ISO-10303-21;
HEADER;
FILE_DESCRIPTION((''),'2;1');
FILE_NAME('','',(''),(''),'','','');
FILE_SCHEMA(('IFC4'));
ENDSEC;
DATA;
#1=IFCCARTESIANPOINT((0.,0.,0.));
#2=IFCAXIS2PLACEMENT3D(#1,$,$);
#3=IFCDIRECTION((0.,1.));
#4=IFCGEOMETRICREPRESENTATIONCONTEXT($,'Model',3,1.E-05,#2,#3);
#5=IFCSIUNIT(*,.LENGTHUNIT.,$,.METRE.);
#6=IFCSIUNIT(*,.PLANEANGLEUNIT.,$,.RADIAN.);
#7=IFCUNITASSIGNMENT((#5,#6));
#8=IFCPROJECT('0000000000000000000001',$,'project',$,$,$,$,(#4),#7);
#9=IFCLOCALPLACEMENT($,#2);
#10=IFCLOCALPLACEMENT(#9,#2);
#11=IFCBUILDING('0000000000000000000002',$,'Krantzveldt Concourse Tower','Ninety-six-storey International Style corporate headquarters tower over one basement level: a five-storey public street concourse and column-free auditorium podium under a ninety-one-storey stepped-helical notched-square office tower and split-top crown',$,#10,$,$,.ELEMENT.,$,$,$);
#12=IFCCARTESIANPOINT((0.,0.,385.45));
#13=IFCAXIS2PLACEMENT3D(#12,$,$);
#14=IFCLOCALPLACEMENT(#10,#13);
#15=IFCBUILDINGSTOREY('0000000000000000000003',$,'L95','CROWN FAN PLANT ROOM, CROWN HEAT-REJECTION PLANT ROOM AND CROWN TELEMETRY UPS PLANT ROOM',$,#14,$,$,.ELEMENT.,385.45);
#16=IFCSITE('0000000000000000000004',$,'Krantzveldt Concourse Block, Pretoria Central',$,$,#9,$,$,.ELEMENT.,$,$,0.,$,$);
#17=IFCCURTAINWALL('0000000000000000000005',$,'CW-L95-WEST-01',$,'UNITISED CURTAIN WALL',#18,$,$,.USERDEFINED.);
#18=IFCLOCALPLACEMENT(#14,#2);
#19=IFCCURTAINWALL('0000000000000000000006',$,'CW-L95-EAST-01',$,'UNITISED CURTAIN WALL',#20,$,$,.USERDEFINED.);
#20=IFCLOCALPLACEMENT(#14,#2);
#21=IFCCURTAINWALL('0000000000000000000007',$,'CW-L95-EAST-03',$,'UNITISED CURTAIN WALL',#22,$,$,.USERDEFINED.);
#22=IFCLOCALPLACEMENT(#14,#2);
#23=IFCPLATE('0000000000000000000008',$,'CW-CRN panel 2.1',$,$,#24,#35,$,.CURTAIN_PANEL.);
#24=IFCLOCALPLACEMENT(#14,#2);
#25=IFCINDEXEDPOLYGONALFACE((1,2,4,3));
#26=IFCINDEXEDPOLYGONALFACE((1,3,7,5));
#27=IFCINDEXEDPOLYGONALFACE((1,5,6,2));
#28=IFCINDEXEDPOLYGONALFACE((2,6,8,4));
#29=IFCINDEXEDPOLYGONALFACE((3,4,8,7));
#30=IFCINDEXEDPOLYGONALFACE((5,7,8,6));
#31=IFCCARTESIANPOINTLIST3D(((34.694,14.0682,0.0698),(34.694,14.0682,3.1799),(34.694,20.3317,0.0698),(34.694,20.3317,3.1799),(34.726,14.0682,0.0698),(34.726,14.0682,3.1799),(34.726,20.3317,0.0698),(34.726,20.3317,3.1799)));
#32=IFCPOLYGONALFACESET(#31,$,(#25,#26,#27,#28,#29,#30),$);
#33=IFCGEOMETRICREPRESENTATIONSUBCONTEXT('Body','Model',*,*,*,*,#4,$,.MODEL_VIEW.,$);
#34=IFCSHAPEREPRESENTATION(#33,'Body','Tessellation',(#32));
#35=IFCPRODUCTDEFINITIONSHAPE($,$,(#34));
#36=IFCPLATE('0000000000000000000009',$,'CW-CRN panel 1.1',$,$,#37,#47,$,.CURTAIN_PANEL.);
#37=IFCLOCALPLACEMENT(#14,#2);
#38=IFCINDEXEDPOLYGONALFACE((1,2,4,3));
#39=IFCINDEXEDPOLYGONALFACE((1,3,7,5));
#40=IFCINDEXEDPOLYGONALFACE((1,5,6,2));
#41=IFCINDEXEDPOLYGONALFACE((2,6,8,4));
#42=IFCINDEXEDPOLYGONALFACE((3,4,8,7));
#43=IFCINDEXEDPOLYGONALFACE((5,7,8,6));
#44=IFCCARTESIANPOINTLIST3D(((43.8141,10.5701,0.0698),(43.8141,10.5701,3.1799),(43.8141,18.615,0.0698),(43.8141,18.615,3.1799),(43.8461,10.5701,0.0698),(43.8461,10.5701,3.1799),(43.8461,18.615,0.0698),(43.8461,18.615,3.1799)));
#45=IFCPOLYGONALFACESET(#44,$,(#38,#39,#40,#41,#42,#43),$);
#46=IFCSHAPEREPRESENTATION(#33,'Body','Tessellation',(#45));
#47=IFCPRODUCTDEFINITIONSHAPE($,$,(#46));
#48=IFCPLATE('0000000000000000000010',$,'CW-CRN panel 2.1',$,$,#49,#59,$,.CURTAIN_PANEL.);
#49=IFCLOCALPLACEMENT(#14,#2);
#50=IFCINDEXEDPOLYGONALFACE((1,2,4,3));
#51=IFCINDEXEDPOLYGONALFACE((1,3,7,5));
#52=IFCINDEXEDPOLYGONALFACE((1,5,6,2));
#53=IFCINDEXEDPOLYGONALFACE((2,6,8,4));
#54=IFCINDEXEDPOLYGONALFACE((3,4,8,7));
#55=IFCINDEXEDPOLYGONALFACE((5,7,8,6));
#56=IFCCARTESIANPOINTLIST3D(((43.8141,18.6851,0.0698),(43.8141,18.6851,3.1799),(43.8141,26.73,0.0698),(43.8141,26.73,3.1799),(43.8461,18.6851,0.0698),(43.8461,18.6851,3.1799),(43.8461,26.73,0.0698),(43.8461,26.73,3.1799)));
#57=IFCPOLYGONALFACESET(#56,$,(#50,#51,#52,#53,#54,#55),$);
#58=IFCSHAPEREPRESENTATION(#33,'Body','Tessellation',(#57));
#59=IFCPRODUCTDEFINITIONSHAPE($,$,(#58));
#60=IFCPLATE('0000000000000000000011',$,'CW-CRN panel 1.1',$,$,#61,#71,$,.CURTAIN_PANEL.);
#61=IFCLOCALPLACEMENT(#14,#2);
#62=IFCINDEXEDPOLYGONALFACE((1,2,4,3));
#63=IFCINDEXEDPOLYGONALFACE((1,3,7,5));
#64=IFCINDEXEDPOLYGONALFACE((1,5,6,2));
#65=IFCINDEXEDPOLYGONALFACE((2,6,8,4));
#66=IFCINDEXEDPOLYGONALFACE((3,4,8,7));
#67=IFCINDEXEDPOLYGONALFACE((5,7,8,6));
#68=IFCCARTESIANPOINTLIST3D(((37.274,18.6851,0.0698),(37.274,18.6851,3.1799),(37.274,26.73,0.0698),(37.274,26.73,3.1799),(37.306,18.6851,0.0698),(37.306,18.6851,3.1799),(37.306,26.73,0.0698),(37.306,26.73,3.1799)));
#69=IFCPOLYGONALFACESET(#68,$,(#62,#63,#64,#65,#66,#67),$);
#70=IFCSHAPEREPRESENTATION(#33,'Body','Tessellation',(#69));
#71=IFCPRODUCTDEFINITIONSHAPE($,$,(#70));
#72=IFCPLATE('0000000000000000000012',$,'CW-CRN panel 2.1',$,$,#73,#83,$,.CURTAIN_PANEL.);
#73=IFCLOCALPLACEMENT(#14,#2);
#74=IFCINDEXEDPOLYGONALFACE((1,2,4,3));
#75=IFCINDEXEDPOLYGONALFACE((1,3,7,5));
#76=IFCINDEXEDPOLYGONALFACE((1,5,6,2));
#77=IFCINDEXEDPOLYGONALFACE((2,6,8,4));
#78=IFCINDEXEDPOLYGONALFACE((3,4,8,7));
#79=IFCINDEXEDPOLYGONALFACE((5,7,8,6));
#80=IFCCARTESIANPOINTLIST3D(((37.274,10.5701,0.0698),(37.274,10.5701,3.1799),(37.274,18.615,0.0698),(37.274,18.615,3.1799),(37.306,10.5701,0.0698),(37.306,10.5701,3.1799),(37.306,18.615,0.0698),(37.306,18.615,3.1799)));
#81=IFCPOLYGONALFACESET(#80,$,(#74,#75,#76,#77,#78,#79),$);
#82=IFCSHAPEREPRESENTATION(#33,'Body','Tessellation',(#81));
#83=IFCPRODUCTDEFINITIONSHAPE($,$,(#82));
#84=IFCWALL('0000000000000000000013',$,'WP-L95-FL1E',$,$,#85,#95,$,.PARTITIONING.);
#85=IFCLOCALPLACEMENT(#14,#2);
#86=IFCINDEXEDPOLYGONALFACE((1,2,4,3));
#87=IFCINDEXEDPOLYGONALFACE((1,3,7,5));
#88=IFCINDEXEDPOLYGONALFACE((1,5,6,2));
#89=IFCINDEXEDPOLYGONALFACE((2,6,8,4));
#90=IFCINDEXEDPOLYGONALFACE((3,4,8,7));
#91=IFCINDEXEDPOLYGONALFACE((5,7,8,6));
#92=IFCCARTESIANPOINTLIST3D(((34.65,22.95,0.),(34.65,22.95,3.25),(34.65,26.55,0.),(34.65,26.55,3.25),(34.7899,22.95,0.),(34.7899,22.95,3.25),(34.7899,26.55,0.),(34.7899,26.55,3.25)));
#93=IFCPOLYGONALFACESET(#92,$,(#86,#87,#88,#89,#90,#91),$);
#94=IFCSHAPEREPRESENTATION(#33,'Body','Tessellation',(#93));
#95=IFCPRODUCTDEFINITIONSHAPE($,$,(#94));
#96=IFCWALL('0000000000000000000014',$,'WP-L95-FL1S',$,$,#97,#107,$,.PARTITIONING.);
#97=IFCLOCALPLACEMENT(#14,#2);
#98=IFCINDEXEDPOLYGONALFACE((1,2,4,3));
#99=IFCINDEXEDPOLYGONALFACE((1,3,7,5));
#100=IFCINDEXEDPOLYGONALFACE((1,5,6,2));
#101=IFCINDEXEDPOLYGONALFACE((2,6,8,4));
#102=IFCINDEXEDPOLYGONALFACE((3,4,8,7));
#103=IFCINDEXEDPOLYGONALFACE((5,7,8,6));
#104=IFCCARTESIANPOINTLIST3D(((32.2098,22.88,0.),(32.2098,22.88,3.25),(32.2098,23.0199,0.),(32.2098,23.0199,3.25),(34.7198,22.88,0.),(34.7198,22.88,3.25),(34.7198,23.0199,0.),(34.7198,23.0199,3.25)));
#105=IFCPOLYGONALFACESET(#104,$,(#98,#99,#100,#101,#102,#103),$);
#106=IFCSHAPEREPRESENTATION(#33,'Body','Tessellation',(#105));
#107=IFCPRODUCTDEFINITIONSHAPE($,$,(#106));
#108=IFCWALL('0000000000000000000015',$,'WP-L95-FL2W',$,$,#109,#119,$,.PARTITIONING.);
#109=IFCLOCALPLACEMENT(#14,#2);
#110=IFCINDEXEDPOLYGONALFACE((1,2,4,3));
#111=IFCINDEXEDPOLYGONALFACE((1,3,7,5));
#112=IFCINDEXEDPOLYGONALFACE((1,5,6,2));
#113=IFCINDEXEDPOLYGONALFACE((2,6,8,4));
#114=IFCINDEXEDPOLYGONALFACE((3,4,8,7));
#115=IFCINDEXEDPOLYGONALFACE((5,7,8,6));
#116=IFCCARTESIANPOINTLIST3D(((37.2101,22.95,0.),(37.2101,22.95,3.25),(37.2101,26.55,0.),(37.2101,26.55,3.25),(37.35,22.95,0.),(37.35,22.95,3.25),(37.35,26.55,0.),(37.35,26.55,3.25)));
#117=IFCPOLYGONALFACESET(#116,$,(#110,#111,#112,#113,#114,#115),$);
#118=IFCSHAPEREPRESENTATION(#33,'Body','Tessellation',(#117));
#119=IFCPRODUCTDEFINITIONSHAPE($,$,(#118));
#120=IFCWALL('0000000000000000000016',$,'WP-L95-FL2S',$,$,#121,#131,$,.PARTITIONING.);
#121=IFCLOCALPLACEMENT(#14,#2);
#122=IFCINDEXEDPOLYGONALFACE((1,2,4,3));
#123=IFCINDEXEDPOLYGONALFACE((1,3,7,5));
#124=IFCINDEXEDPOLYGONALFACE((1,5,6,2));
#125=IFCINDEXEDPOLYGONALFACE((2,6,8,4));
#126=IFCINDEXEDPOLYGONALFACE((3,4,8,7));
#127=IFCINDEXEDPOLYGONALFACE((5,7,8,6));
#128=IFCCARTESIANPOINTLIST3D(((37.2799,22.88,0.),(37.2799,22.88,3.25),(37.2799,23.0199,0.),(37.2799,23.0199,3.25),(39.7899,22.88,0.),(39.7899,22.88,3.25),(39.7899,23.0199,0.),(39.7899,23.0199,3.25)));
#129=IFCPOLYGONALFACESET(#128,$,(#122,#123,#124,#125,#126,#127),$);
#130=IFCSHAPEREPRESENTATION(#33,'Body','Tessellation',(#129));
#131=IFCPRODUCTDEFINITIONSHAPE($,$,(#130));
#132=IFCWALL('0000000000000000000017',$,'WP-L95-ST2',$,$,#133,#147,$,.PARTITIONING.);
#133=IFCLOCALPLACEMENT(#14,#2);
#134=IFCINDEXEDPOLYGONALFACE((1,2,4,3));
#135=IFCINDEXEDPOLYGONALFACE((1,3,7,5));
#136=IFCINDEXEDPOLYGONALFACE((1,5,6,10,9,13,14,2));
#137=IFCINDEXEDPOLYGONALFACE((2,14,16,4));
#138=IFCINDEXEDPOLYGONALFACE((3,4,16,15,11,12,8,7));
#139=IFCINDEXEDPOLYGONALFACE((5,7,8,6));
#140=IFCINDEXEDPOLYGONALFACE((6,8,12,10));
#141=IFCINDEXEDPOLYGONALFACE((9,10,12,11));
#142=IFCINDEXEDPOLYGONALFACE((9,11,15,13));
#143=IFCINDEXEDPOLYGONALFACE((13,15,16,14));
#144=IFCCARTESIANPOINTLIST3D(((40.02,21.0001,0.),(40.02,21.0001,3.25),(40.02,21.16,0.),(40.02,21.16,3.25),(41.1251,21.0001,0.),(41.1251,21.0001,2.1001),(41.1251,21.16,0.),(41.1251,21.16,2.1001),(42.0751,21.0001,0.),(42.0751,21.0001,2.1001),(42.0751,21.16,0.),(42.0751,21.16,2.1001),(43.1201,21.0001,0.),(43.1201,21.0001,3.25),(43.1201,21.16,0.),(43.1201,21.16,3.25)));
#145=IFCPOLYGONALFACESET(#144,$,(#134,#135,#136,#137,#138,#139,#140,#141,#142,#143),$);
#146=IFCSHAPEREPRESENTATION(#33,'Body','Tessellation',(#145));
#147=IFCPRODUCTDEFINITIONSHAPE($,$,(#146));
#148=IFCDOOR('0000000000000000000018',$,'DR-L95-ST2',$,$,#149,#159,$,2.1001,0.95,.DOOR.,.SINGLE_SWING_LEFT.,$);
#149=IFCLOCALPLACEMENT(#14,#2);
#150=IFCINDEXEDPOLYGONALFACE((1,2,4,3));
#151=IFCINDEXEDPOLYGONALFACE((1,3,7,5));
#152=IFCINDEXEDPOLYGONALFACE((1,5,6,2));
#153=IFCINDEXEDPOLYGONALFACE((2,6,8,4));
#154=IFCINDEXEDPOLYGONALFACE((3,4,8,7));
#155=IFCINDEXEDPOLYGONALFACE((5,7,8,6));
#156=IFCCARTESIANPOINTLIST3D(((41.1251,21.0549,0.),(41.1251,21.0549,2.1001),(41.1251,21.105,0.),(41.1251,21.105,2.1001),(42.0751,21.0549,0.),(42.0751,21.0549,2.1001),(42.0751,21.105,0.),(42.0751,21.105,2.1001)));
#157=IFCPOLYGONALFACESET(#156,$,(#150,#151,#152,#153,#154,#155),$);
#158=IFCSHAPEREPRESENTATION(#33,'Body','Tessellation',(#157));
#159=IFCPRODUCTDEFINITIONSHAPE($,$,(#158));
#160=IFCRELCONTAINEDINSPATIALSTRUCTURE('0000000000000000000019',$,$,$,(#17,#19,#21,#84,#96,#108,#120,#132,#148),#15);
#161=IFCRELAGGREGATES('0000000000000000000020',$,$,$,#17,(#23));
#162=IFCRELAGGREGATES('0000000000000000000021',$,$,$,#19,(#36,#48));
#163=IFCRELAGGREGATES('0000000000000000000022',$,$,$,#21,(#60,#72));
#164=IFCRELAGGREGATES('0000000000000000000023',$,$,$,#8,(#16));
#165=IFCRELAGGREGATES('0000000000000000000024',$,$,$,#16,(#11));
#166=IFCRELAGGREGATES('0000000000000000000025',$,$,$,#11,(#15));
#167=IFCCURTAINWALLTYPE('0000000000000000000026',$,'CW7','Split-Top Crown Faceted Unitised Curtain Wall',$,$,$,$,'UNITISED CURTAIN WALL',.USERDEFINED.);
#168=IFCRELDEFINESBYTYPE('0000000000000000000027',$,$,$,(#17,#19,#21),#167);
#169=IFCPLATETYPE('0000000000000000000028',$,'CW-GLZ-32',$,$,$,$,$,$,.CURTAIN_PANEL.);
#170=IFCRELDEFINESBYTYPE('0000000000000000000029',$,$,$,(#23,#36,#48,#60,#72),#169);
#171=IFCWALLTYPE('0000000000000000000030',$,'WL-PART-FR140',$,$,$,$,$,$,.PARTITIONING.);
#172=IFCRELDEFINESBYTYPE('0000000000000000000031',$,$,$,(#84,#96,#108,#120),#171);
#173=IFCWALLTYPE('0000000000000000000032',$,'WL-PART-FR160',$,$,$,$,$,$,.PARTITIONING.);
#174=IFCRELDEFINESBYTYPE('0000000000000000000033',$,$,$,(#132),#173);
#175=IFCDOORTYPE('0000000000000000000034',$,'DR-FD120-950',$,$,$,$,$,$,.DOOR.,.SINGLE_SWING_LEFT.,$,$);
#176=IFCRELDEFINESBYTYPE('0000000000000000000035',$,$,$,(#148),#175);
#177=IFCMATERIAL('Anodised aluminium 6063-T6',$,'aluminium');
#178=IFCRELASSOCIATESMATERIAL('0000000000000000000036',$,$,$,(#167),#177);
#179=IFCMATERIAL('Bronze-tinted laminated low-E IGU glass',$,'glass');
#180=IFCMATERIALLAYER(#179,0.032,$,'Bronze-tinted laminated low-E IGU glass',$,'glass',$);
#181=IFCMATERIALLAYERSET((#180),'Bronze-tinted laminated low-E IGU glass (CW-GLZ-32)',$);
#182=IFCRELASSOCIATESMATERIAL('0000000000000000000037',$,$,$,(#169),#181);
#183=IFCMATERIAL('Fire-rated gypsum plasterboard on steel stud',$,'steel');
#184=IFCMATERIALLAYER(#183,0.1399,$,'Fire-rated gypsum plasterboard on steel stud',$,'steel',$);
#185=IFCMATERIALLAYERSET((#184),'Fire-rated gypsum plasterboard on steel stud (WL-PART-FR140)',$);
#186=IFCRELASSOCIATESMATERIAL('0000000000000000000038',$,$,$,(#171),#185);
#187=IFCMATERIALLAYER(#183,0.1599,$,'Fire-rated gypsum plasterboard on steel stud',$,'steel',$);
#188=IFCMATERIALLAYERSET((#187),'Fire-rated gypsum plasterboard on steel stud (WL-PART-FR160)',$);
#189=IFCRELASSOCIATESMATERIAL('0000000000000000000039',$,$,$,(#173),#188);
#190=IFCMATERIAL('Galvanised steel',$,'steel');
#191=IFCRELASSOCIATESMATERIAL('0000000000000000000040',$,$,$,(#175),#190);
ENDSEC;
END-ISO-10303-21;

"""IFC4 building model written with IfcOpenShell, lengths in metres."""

from ifc_helpers import new_model, si_unit, direction, frame, frame_2d, origin, origin_2d, place, context, subcontext, project, spatial, rectangle, extrude, source, transform, mapped, material, layer, layer_set, type_object, type_shapes, element, fill, aggregate, save


model = new_model("IFC4")

# Units and contexts
model_context = context("Model", 3, precision=1e-05, world=origin(), true_north=direction((0.0, 1.0)))
body_context = subcontext(model_context, "Body", "Model", "MODEL_VIEW")
ifc_project = project(units=[si_unit("LENGTHUNIT", "METRE"), si_unit("PLANEANGLEUNIT", "RADIAN")], contexts=[model_context])

# Site, building, storey
site_placement = place(None, origin())
site = spatial("IfcSite", under=ifc_project, at=site_placement, Name="Krantzveldt Concourse Block, Pretoria Central", CompositionType="ELEMENT", RefElevation=0.0)
building_placement = place(site_placement, origin())
building = spatial("IfcBuilding", under=site, at=building_placement, Name="Krantzveldt Concourse Tower", Description="Ninety-six-storey International Style corporate headquarters tower over one basement level: a five-storey public street concourse and column-free auditorium podium under a ninety-one-storey stepped-helical notched-square office tower and split-top crown", CompositionType="ELEMENT")
storey_placement = place(building_placement, frame((0.0, 0.0, 385.45)))
storey = spatial("IfcBuildingStorey", under=building, at=storey_placement, Name="L95", Description="CROWN FAN PLANT ROOM, CROWN HEAT-REJECTION PLANT ROOM AND CROWN TELEMETRY UPS PLANT ROOM", CompositionType="ELEMENT", Elevation=385.45)

# Curtain walls
ifc_material_1 = material(Name="Anodised aluminium 6063-T6", Category="aluminium")
curtain_wall_type = type_object("IfcCurtainWallType", Name="CW7", Description="Split-Top Crown Faceted Unitised Curtain Wall", ElementType="UNITISED CURTAIN WALL", PredefinedType="USERDEFINED", material=ifc_material_1)
curtain_wall_1_placement = place(storey_placement, origin())
curtain_wall_1 = element("IfcCurtainWall", 1, at=curtain_wall_1_placement, inside=storey, type_object=curtain_wall_type, Name="CW-L95-WEST-01", ObjectType="UNITISED CURTAIN WALL", PredefinedType="USERDEFINED")
curtain_wall_2_placement = place(storey_placement, origin())
curtain_wall_2 = element("IfcCurtainWall", 2, at=curtain_wall_2_placement, inside=storey, type_object=curtain_wall_type, Name="CW-L95-EAST-01", ObjectType="UNITISED CURTAIN WALL", PredefinedType="USERDEFINED")
curtain_wall_3_placement = place(storey_placement, origin())
curtain_wall_3 = element("IfcCurtainWall", 3, at=curtain_wall_3_placement, inside=storey, type_object=curtain_wall_type, Name="CW-L95-EAST-03", ObjectType="UNITISED CURTAIN WALL", PredefinedType="USERDEFINED")

# Plates
ifc_material_2 = material(Name="Bronze-tinted laminated low-E IGU glass", Category="glass")
ifc_layer_1 = layer(ifc_material_2, 0.032, Name="Bronze-tinted laminated low-E IGU glass", Category="glass")
ifc_layer_set_1 = layer_set([ifc_layer_1], Name="Bronze-tinted laminated low-E IGU glass (CW-GLZ-32)")
plate_type = type_object("IfcPlateType", Name="CW-GLZ-32", PredefinedType="CURTAIN_PANEL", material=ifc_layer_set_1)
shared_shape_1 = source(origin(), body_context, "Body", "SweptSolid", [
    extrude(rectangle(XDim=6.2634, YDim=0.032, at=origin_2d()), origin(), (0.0, 0.0, 1.0), 3.1101),
])
plate_1_placement = place(storey_placement, frame((34.71, 17.2, 0.0698), z_axis=(0.0, 0.0, 1.0), x_axis=(0.0, 1.0, 0.0)))
plate_1 = element("IfcPlate", 4, at=plate_1_placement, type_object=plate_type, Name="CW-CRN panel 2.1", PredefinedType="CURTAIN_PANEL", context=body_context, shape_type="MappedRepresentation", body=[
    mapped(shared_shape_1, transform((0.0, 0.0, 0.0), x_axis=(1.0, 0.0, 0.0), y_axis=(0.0, 1.0, 0.0), z_axis=(0.0, 0.0, 1.0), scale=1.0)),
])
aggregate(curtain_wall_1, [plate_1])
shared_shape_2 = source(origin(), body_context, "Body", "SweptSolid", [
    extrude(rectangle(XDim=8.0449, YDim=0.032, at=origin_2d()), origin(), (0.0, 0.0, 1.0), 3.1101),
])
type_shapes(plate_type, [shared_shape_1, shared_shape_2])
plate_2_placement = place(storey_placement, frame((43.8301, 14.5925, 0.0698), z_axis=(0.0, 0.0, 1.0), x_axis=(0.0, 1.0, 0.0)))
plate_2 = element("IfcPlate", 5, at=plate_2_placement, type_object=plate_type, Name="CW-CRN panel 1.1", PredefinedType="CURTAIN_PANEL", context=body_context, shape_type="MappedRepresentation", body=[
    mapped(shared_shape_2, transform((0.0, 0.0, 0.0), x_axis=(1.0, 0.0, 0.0), y_axis=(0.0, 1.0, 0.0), z_axis=(0.0, 0.0, 1.0), scale=1.0)),
])
plate_3_placement = place(storey_placement, frame((43.8301, 22.7075, 0.0698), z_axis=(0.0, 0.0, 1.0), x_axis=(0.0, 1.0, 0.0)))
plate_3 = element("IfcPlate", 6, at=plate_3_placement, type_object=plate_type, Name="CW-CRN panel 2.1", PredefinedType="CURTAIN_PANEL", context=body_context, shape_type="MappedRepresentation", body=[
    mapped(shared_shape_2, transform((0.0, 0.0, 0.0), x_axis=(1.0, 0.0, 0.0), y_axis=(0.0, 1.0, 0.0), z_axis=(0.0, 0.0, 1.0), scale=1.0)),
])
aggregate(curtain_wall_2, [plate_2, plate_3])
plate_4_placement = place(storey_placement, frame((37.29, 22.7075, 0.0698), z_axis=(0.0, 0.0, 1.0), x_axis=(0.0, -1.0, 0.0)))
plate_4 = element("IfcPlate", 7, at=plate_4_placement, type_object=plate_type, Name="CW-CRN panel 1.1", PredefinedType="CURTAIN_PANEL", context=body_context, shape_type="MappedRepresentation", body=[
    mapped(shared_shape_2, transform((0.0, 0.0, 0.0), x_axis=(1.0, 0.0, 0.0), y_axis=(0.0, 1.0, 0.0), z_axis=(0.0, 0.0, 1.0), scale=1.0)),
])
plate_5_placement = place(storey_placement, frame((37.29, 14.5925, 0.0698), z_axis=(0.0, 0.0, 1.0), x_axis=(0.0, -1.0, 0.0)))
plate_5 = element("IfcPlate", 8, at=plate_5_placement, type_object=plate_type, Name="CW-CRN panel 2.1", PredefinedType="CURTAIN_PANEL", context=body_context, shape_type="MappedRepresentation", body=[
    mapped(shared_shape_2, transform((0.0, 0.0, 0.0), x_axis=(1.0, 0.0, 0.0), y_axis=(0.0, 1.0, 0.0), z_axis=(0.0, 0.0, 1.0), scale=1.0)),
])
aggregate(curtain_wall_3, [plate_4, plate_5])

# Walls
ifc_material_3 = material(Name="Fire-rated gypsum plasterboard on steel stud", Category="steel")
ifc_layer_2 = layer(ifc_material_3, 0.1399, Name="Fire-rated gypsum plasterboard on steel stud", Category="steel")
ifc_layer_set_2 = layer_set([ifc_layer_2], Name="Fire-rated gypsum plasterboard on steel stud (WL-PART-FR140)")
wall_type_1 = type_object("IfcWallType", Name="WL-PART-FR140", PredefinedType="PARTITIONING", material=ifc_layer_set_2)
wall_1_placement = place(storey_placement, frame((34.72, 22.95, 0.0), z_axis=(0.0, 0.0, 1.0), x_axis=(0.0, 1.0, 0.0)))
element("IfcWall", 9, at=wall_1_placement, inside=storey, type_object=wall_type_1, Name="WP-L95-FL1E", PredefinedType="PARTITIONING", context=body_context, shape_type="SweptSolid", body=[
    extrude(rectangle(XDim=3.6001, YDim=0.1399, at=frame_2d((1.8, 0.0))), origin(), (0.0, 0.0, 1.0), 3.25),
])
wall_2_placement = place(storey_placement, frame((32.21, 22.95, 0.0), z_axis=(0.0, 0.0, 1.0), x_axis=(1.0, 0.0, 0.0)))
element("IfcWall", 10, at=wall_2_placement, inside=storey, type_object=wall_type_1, Name="WP-L95-FL1S", PredefinedType="PARTITIONING", context=body_context, shape_type="SweptSolid", body=[
    extrude(rectangle(XDim=2.51, YDim=0.1399, at=frame_2d((1.2549, 0.0))), origin(), (0.0, 0.0, 1.0), 3.25),
])
wall_3_placement = place(storey_placement, frame((37.28, 22.95, 0.0), z_axis=(0.0, 0.0, 1.0), x_axis=(0.0, 1.0, 0.0)))
element("IfcWall", 11, at=wall_3_placement, inside=storey, type_object=wall_type_1, Name="WP-L95-FL2W", PredefinedType="PARTITIONING", context=body_context, shape_type="SweptSolid", body=[
    extrude(rectangle(XDim=3.6001, YDim=0.1399, at=frame_2d((1.8, 0.0))), origin(), (0.0, 0.0, 1.0), 3.25),
])
wall_4_placement = place(storey_placement, frame((37.28, 22.95, 0.0), z_axis=(0.0, 0.0, 1.0), x_axis=(1.0, 0.0, 0.0)))
element("IfcWall", 12, at=wall_4_placement, inside=storey, type_object=wall_type_1, Name="WP-L95-FL2S", PredefinedType="PARTITIONING", context=body_context, shape_type="SweptSolid", body=[
    extrude(rectangle(XDim=2.51, YDim=0.1399, at=frame_2d((1.2549, 0.0))), origin(), (0.0, 0.0, 1.0), 3.25),
])

# Wall, opening, door
ifc_layer_3 = layer(ifc_material_3, 0.1599, Name="Fire-rated gypsum plasterboard on steel stud", Category="steel")
ifc_layer_set_3 = layer_set([ifc_layer_3], Name="Fire-rated gypsum plasterboard on steel stud (WL-PART-FR160)")
wall_type_2 = type_object("IfcWallType", Name="WL-PART-FR160", PredefinedType="PARTITIONING", material=ifc_layer_set_3)
wall_5_placement = place(storey_placement, frame((40.02, 21.0801, 0.0), z_axis=(0.0, 0.0, 1.0), x_axis=(1.0, 0.0, 0.0)))
wall_5 = element("IfcWall", 13, at=wall_5_placement, inside=storey, type_object=wall_type_2, Name="WP-L95-ST2", PredefinedType="PARTITIONING", context=body_context, shape_type="SweptSolid", body=[
    extrude(rectangle(XDim=3.1001, YDim=0.1599, at=frame_2d((1.55, 0.0))), origin(), (0.0, 0.0, 1.0), 3.25),
])
opening_placement = place(wall_5_placement, frame((1.105, 0.0, 0.0)))
opening = element("IfcOpeningElement", 14, at=opening_placement, cuts=wall_5, PredefinedType="OPENING", context=body_context, shape_type="SweptSolid", body=[
    extrude(rectangle(XDim=0.95, YDim=2.1001, at=frame_2d((0.4751, 1.05))), frame((0.0, 0.0898, 0.0), z_axis=(0.0, -1.0, 0.0), x_axis=(1.0, 0.0, 0.0)), (0.0, 0.0, 1.0), 0.1799),
])
ifc_material_4 = material(Name="Galvanised steel", Category="steel")
door_type = type_object("IfcDoorType", Name="DR-FD120-950", OperationType="SINGLE_SWING_LEFT", PredefinedType="DOOR", material=ifc_material_4)
door_placement = place(opening_placement, origin())
door = element("IfcDoor", 15, at=door_placement, inside=storey, type_object=door_type, Name="DR-L95-ST2", OperationType="SINGLE_SWING_LEFT", OverallHeight=2.1001, OverallWidth=0.95, PredefinedType="DOOR", context=body_context, shape_type="SweptSolid", body=[
    extrude(rectangle(XDim=0.95, YDim=2.1001, at=frame_2d((0.4751, 1.05))), frame((0.0, 0.0249, 0.0), z_axis=(0.0, -1.0, 0.0), x_axis=(1.0, 0.0, 0.0)), (0.0, 0.0, 1.0), 0.05),
])
fill(opening, door)

save(model, "model.ifc")
